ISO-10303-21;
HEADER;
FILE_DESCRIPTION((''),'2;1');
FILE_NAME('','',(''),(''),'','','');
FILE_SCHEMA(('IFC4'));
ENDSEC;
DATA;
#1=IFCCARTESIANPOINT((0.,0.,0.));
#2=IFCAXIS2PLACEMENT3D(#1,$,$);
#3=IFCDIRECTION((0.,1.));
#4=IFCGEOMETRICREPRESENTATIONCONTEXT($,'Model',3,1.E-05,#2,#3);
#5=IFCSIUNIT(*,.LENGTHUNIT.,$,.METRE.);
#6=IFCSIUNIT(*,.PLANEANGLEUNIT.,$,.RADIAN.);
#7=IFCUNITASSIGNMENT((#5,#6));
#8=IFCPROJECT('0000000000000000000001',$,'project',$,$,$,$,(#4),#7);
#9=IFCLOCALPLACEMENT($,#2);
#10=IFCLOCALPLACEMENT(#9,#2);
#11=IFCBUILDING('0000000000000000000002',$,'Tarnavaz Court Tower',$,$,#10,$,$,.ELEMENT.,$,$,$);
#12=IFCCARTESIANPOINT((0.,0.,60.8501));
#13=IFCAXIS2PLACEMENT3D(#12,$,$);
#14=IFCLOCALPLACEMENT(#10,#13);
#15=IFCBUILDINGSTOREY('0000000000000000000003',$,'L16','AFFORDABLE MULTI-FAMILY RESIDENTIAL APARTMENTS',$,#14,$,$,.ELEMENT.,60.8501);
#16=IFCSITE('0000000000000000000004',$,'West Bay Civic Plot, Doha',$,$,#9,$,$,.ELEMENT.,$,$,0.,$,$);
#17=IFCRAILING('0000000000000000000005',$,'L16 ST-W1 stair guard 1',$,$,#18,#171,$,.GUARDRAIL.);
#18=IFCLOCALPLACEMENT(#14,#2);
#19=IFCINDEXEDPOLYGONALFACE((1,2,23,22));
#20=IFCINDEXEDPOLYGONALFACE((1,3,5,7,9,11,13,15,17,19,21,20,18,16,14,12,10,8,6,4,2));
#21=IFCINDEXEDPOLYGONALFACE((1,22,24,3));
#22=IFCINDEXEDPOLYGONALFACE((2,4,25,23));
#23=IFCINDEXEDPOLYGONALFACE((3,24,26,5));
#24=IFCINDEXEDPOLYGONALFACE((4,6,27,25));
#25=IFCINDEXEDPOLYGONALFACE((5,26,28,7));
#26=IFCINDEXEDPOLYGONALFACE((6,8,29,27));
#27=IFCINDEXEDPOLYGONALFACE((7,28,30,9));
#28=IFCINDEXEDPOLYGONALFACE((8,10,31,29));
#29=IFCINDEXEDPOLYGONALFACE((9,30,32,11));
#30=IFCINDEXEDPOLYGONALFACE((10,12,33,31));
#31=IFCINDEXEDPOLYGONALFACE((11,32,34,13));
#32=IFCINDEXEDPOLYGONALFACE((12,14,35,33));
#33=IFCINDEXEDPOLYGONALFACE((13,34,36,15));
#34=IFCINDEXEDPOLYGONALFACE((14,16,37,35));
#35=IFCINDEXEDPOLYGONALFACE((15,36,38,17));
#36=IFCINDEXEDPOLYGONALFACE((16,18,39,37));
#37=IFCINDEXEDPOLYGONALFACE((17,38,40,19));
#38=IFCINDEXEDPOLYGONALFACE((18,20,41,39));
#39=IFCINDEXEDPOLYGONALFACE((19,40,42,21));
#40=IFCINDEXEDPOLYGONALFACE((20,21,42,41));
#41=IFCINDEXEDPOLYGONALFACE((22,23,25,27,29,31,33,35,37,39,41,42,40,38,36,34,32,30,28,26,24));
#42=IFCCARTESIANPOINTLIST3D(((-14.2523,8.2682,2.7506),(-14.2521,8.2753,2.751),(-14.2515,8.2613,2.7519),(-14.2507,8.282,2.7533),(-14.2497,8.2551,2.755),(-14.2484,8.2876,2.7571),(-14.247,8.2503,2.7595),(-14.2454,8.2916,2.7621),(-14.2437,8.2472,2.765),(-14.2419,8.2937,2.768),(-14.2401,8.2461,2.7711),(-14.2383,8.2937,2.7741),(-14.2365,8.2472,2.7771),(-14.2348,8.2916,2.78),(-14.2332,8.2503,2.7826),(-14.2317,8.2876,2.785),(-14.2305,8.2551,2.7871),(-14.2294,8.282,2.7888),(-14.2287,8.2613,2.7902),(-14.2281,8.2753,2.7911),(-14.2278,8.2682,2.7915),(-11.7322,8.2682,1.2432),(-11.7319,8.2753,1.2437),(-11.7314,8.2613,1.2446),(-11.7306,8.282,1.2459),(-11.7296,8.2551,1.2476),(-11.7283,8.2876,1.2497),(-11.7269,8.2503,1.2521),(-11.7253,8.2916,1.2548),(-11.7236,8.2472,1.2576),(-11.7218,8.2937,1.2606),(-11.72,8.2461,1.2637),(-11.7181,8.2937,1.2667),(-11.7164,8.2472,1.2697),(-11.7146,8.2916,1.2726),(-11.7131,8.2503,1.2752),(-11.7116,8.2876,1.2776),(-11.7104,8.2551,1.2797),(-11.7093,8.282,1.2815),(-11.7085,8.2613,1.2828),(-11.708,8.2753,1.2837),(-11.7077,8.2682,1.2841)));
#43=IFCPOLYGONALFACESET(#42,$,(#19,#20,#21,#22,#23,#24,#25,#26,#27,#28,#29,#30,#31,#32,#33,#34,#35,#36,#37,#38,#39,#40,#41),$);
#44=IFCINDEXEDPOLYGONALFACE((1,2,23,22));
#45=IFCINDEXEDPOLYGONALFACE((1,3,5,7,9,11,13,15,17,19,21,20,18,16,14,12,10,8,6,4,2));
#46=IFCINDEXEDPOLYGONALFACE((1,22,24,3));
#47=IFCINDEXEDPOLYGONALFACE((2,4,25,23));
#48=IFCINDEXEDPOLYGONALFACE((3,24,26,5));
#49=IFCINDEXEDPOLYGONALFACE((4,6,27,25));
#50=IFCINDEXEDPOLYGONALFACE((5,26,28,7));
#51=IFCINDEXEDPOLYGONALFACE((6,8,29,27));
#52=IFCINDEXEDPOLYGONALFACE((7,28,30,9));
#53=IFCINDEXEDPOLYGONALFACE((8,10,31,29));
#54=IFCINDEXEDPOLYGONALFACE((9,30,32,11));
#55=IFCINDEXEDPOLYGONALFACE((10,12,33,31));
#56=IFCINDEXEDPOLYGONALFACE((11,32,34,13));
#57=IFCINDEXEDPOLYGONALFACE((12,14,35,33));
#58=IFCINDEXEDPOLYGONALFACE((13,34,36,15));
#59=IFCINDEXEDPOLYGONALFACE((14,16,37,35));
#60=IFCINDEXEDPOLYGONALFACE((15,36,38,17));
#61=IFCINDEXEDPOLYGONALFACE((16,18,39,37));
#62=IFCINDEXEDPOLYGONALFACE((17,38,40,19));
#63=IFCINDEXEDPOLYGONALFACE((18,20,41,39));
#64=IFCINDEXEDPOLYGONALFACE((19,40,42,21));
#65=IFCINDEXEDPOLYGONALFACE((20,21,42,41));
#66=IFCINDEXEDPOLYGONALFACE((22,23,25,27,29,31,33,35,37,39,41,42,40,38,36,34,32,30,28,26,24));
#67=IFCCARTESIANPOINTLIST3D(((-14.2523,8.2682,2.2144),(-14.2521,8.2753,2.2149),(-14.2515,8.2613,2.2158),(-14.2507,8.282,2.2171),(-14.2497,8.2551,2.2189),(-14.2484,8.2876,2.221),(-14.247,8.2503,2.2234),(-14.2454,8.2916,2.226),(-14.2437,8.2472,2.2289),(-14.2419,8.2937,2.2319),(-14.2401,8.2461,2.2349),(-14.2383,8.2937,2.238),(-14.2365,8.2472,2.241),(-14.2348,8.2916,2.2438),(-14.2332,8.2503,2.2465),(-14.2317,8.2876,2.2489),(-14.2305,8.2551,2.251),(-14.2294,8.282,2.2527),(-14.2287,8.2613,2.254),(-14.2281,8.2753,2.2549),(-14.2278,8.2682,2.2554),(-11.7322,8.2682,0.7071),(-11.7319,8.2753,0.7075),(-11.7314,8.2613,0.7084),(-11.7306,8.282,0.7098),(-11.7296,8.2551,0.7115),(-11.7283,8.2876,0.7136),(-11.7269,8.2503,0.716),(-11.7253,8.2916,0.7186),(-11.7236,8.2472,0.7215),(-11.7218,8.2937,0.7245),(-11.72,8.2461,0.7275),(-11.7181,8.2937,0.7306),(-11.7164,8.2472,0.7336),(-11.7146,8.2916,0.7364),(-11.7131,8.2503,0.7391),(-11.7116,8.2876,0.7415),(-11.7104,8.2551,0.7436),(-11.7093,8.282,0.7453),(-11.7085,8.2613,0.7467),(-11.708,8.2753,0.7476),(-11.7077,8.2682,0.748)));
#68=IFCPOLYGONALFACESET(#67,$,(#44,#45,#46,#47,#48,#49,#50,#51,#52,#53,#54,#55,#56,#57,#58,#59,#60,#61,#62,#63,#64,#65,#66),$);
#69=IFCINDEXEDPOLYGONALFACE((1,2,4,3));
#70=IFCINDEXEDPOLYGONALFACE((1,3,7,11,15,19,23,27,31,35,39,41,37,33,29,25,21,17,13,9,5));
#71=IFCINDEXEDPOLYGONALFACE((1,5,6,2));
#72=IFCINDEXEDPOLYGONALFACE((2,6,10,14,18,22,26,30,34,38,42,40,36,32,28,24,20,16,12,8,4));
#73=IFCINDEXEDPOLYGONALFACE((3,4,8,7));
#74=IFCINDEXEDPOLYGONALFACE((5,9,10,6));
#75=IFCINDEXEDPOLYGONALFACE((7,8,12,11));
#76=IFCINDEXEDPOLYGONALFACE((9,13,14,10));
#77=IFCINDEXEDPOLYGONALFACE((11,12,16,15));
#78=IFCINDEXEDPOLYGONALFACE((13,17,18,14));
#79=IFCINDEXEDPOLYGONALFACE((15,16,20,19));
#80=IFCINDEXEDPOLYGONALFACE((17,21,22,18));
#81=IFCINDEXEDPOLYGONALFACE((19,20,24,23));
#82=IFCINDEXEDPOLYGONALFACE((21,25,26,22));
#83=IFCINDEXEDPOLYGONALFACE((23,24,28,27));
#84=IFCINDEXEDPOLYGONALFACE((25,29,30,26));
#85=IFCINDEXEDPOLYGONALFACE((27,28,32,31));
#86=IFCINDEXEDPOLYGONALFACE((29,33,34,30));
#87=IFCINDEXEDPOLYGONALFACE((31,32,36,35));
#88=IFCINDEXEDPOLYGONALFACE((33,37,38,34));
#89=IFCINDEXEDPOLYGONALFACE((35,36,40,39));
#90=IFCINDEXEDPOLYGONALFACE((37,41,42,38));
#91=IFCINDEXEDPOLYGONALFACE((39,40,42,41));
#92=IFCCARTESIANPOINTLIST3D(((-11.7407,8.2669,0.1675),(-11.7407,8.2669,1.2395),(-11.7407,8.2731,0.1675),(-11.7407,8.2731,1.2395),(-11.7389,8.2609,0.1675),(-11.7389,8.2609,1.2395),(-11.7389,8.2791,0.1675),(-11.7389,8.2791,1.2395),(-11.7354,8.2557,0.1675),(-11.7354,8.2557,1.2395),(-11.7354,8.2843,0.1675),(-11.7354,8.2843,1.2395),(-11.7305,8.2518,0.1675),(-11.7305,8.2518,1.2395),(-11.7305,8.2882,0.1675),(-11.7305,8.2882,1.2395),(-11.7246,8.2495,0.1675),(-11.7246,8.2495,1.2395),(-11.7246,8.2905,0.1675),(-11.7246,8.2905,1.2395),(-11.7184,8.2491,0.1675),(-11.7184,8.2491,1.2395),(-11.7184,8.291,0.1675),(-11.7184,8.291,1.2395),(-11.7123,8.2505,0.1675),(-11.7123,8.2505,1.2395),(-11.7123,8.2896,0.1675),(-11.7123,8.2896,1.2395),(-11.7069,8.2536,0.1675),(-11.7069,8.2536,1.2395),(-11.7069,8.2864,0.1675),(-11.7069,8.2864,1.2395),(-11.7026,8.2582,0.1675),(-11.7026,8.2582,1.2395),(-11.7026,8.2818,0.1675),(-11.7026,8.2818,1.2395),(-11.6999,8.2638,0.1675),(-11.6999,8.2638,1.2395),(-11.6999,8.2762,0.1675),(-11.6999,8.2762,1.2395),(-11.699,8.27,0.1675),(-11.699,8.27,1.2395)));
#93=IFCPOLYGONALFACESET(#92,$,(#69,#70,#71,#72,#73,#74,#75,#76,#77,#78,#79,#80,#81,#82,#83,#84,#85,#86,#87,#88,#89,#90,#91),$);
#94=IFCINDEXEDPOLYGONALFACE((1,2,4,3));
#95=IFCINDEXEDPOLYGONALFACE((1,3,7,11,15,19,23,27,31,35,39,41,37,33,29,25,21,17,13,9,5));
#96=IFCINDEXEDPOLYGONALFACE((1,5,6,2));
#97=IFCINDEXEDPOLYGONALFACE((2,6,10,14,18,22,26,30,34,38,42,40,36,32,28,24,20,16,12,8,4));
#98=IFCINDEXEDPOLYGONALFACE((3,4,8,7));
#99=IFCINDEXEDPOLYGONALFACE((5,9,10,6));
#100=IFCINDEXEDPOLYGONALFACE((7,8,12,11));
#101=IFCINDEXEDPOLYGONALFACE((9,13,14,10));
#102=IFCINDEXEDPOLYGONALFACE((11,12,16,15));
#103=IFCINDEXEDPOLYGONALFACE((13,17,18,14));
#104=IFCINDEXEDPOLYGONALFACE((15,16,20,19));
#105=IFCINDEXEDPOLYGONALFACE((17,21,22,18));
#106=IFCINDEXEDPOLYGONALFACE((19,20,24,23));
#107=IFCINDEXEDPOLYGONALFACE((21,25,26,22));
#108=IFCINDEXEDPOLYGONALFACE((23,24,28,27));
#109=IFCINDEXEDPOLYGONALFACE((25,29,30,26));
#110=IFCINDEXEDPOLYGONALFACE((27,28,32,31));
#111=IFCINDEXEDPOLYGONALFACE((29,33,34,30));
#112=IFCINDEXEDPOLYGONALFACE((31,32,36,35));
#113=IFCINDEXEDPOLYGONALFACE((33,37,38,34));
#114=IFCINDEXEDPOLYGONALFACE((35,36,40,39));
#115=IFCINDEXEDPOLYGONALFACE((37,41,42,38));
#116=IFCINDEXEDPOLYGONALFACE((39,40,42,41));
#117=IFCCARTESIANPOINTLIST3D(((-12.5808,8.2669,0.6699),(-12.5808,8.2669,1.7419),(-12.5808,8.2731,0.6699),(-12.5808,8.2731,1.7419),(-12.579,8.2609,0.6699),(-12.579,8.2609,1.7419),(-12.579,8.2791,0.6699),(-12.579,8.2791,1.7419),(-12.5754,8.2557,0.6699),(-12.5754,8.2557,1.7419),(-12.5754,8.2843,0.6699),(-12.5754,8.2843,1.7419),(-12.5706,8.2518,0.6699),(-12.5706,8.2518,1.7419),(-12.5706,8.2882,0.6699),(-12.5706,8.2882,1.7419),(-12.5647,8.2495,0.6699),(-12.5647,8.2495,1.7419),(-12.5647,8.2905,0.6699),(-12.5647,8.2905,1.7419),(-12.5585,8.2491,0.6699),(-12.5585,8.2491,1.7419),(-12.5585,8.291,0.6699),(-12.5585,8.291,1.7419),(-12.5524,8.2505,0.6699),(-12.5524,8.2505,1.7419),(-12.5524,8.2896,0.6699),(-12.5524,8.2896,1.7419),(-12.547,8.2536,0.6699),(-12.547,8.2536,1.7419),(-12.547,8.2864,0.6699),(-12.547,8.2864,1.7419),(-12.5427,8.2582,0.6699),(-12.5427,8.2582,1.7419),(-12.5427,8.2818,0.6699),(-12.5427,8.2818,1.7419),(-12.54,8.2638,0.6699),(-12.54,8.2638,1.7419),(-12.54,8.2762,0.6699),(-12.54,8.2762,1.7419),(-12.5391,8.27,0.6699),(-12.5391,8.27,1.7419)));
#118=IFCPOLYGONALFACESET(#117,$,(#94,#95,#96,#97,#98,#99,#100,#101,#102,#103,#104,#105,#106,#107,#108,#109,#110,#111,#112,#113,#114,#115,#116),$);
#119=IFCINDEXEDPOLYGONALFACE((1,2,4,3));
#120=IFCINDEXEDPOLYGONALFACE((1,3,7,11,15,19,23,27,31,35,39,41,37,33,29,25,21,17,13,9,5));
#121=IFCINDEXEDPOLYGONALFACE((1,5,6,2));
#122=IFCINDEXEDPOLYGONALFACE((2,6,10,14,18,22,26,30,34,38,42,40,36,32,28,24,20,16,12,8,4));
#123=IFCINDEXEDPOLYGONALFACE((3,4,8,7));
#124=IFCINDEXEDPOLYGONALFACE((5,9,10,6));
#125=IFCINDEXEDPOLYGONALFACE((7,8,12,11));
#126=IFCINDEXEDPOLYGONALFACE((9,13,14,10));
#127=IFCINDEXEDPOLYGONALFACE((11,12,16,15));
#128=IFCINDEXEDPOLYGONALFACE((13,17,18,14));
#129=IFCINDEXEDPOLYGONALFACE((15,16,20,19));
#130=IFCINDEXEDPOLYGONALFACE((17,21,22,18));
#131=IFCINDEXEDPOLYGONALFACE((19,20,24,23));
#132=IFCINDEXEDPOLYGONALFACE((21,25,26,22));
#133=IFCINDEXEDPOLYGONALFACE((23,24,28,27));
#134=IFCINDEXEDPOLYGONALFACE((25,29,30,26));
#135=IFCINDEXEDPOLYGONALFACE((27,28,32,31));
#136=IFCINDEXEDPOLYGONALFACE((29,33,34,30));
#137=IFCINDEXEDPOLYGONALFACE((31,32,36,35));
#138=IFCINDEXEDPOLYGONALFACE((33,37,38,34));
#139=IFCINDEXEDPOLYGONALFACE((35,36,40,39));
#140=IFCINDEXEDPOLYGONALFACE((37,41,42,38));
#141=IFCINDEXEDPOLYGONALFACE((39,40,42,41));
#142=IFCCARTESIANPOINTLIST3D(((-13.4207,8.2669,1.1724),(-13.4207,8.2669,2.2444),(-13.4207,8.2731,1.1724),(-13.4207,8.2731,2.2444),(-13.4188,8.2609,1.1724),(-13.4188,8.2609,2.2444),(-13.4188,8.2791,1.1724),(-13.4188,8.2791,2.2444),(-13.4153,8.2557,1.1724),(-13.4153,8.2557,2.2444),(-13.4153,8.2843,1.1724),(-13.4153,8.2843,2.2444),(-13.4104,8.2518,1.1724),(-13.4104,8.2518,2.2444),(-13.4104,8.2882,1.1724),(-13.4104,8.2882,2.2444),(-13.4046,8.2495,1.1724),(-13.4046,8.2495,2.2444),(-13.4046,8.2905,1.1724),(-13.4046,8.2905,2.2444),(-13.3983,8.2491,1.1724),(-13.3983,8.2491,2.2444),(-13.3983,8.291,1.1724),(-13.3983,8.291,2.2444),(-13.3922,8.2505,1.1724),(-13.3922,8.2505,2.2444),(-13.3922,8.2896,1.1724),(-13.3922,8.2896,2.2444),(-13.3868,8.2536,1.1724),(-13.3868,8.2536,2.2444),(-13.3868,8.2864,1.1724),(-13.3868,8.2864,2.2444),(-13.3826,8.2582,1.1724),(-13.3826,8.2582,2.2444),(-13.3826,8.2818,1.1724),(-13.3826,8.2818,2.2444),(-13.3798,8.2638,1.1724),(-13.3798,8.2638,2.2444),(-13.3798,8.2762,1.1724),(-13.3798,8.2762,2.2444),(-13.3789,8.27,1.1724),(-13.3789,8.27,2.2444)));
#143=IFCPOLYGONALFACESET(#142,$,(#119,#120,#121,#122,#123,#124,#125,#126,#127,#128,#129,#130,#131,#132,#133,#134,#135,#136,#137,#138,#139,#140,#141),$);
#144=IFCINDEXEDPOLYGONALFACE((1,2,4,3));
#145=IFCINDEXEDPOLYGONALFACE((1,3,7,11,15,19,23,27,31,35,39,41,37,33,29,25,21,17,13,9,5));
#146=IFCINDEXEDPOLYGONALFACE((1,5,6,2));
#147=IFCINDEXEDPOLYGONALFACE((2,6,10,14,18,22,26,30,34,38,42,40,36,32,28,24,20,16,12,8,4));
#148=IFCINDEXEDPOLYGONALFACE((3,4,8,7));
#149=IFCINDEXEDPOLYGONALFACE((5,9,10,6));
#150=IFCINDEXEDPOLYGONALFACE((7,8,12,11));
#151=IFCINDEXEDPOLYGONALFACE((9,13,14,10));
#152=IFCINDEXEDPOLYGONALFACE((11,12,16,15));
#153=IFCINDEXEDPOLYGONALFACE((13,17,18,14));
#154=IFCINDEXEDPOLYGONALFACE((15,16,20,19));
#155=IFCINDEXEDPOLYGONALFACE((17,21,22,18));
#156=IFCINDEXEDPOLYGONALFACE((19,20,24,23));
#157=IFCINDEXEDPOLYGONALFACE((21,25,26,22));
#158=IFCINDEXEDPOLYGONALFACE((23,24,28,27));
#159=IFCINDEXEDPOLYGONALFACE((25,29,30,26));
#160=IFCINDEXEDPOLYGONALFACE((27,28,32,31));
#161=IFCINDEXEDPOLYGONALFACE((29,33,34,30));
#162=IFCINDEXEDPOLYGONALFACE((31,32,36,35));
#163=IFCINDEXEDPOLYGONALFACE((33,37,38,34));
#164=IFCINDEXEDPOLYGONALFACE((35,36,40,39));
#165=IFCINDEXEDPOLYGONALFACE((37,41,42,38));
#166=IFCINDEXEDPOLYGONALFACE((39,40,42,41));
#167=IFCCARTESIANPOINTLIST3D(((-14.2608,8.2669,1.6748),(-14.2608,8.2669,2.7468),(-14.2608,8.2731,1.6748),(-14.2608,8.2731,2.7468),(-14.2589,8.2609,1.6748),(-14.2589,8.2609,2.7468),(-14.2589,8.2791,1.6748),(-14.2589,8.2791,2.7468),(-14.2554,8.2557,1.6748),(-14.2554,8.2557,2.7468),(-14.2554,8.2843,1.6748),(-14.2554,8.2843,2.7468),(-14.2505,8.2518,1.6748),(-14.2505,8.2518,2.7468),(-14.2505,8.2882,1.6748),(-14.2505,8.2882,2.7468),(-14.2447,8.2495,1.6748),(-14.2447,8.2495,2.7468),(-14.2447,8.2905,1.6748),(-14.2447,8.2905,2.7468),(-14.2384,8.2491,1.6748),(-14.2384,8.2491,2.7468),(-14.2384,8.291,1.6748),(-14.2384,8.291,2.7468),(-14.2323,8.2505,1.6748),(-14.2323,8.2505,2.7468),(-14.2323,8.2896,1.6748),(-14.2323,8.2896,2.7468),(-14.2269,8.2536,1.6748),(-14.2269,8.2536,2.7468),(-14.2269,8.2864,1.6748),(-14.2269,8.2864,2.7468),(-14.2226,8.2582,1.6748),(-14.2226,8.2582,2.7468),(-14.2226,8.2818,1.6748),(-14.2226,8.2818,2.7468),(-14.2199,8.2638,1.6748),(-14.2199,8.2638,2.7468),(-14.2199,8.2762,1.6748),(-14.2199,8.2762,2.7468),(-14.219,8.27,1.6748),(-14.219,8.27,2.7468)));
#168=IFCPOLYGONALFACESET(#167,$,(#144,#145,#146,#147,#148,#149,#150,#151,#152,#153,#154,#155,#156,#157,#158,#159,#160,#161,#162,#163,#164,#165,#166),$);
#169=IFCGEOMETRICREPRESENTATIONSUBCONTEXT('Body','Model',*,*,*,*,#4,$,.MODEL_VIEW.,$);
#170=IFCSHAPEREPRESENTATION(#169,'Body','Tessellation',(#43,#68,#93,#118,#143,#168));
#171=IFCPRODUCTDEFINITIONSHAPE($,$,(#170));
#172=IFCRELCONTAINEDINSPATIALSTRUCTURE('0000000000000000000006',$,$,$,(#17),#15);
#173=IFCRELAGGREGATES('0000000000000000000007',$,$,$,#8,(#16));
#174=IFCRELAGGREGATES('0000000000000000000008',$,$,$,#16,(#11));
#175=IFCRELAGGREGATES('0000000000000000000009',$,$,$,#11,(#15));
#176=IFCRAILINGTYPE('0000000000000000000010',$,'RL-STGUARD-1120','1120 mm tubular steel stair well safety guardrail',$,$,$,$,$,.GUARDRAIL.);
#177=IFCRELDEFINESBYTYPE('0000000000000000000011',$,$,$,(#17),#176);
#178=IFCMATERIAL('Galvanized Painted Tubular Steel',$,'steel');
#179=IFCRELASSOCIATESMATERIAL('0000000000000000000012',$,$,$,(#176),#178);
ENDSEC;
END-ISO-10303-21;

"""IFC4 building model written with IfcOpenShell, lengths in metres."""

from ifc_helpers import new_model, si_unit, direction, frame, origin, origin_2d, place, context, subcontext, project, spatial, circle, extrude, material, type_object, element, save


model = new_model("IFC4")

# Units and contexts
model_context = context("Model", 3, precision=1e-05, world=origin(), true_north=direction((0.0, 1.0)))
body_context = subcontext(model_context, "Body", "Model", "MODEL_VIEW")
ifc_project = project(units=[si_unit("LENGTHUNIT", "METRE"), si_unit("PLANEANGLEUNIT", "RADIAN")], contexts=[model_context])

# Site, building, storey
site_placement = place(None, origin())
site = spatial("IfcSite", under=ifc_project, at=site_placement, Name="West Bay Civic Plot, Doha", CompositionType="ELEMENT", RefElevation=0.0)
building_placement = place(site_placement, origin())
building = spatial("IfcBuilding", under=site, at=building_placement, Name="Tarnavaz Court Tower", CompositionType="ELEMENT")
storey_placement = place(building_placement, frame((0.0, 0.0, 60.8501)))
storey = spatial("IfcBuildingStorey", under=building, at=storey_placement, Name="L16", Description="AFFORDABLE MULTI-FAMILY RESIDENTIAL APARTMENTS", CompositionType="ELEMENT", Elevation=60.8501)

# Railing
ifc_material_1 = material(Name="Galvanized Painted Tubular Steel", Category="steel")
railing_type_1 = type_object("IfcRailingType", Name="RL-STGUARD-1120", Description="1120 mm tubular steel stair well safety guardrail", PredefinedType="GUARDRAIL", material=ifc_material_1)
railing_1_placement = place(storey_placement, frame((-11.72, 8.27, 0.1675)))
element("IfcRailing", 1, at=railing_1_placement, inside=storey, type_object=railing_type_1, Name="L16 ST-W1 stair guard 1", PredefinedType="GUARDRAIL", context=body_context, shape_type="SweptSolid", body=[
    extrude(circle(Radius=0.0239, at=origin_2d()), frame((0.0, 0.0, 1.0962), z_axis=(-0.858196, 0.0, 0.513321), x_axis=(0.0, -1.0, 0.0)), (0.0, 0.0, 1.0), 2.9365),
    extrude(circle(Radius=0.0239, at=origin_2d()), frame((0.0, 0.0, 0.5601), z_axis=(-0.858196, 0.0, 0.513321), x_axis=(0.0, -1.0, 0.0)), (0.0, 0.0, 1.0), 2.9365),
    extrude(circle(Radius=0.021, at=origin_2d()), origin(), (0.0, 0.0, 1.0), 1.072),
    extrude(circle(Radius=0.021, at=origin_2d()), frame((-0.8401, 0.0, 0.5024)), (0.0, 0.0, 1.0), 1.072),
    extrude(circle(Radius=0.021, at=origin_2d()), frame((-1.6799, 0.0, 1.0049)), (0.0, 0.0, 1.0), 1.072),
    extrude(circle(Radius=0.021, at=origin_2d()), frame((-2.52, 0.0, 1.5073)), (0.0, 0.0, 1.0), 1.072),
])

save(model, "model.ifc")
